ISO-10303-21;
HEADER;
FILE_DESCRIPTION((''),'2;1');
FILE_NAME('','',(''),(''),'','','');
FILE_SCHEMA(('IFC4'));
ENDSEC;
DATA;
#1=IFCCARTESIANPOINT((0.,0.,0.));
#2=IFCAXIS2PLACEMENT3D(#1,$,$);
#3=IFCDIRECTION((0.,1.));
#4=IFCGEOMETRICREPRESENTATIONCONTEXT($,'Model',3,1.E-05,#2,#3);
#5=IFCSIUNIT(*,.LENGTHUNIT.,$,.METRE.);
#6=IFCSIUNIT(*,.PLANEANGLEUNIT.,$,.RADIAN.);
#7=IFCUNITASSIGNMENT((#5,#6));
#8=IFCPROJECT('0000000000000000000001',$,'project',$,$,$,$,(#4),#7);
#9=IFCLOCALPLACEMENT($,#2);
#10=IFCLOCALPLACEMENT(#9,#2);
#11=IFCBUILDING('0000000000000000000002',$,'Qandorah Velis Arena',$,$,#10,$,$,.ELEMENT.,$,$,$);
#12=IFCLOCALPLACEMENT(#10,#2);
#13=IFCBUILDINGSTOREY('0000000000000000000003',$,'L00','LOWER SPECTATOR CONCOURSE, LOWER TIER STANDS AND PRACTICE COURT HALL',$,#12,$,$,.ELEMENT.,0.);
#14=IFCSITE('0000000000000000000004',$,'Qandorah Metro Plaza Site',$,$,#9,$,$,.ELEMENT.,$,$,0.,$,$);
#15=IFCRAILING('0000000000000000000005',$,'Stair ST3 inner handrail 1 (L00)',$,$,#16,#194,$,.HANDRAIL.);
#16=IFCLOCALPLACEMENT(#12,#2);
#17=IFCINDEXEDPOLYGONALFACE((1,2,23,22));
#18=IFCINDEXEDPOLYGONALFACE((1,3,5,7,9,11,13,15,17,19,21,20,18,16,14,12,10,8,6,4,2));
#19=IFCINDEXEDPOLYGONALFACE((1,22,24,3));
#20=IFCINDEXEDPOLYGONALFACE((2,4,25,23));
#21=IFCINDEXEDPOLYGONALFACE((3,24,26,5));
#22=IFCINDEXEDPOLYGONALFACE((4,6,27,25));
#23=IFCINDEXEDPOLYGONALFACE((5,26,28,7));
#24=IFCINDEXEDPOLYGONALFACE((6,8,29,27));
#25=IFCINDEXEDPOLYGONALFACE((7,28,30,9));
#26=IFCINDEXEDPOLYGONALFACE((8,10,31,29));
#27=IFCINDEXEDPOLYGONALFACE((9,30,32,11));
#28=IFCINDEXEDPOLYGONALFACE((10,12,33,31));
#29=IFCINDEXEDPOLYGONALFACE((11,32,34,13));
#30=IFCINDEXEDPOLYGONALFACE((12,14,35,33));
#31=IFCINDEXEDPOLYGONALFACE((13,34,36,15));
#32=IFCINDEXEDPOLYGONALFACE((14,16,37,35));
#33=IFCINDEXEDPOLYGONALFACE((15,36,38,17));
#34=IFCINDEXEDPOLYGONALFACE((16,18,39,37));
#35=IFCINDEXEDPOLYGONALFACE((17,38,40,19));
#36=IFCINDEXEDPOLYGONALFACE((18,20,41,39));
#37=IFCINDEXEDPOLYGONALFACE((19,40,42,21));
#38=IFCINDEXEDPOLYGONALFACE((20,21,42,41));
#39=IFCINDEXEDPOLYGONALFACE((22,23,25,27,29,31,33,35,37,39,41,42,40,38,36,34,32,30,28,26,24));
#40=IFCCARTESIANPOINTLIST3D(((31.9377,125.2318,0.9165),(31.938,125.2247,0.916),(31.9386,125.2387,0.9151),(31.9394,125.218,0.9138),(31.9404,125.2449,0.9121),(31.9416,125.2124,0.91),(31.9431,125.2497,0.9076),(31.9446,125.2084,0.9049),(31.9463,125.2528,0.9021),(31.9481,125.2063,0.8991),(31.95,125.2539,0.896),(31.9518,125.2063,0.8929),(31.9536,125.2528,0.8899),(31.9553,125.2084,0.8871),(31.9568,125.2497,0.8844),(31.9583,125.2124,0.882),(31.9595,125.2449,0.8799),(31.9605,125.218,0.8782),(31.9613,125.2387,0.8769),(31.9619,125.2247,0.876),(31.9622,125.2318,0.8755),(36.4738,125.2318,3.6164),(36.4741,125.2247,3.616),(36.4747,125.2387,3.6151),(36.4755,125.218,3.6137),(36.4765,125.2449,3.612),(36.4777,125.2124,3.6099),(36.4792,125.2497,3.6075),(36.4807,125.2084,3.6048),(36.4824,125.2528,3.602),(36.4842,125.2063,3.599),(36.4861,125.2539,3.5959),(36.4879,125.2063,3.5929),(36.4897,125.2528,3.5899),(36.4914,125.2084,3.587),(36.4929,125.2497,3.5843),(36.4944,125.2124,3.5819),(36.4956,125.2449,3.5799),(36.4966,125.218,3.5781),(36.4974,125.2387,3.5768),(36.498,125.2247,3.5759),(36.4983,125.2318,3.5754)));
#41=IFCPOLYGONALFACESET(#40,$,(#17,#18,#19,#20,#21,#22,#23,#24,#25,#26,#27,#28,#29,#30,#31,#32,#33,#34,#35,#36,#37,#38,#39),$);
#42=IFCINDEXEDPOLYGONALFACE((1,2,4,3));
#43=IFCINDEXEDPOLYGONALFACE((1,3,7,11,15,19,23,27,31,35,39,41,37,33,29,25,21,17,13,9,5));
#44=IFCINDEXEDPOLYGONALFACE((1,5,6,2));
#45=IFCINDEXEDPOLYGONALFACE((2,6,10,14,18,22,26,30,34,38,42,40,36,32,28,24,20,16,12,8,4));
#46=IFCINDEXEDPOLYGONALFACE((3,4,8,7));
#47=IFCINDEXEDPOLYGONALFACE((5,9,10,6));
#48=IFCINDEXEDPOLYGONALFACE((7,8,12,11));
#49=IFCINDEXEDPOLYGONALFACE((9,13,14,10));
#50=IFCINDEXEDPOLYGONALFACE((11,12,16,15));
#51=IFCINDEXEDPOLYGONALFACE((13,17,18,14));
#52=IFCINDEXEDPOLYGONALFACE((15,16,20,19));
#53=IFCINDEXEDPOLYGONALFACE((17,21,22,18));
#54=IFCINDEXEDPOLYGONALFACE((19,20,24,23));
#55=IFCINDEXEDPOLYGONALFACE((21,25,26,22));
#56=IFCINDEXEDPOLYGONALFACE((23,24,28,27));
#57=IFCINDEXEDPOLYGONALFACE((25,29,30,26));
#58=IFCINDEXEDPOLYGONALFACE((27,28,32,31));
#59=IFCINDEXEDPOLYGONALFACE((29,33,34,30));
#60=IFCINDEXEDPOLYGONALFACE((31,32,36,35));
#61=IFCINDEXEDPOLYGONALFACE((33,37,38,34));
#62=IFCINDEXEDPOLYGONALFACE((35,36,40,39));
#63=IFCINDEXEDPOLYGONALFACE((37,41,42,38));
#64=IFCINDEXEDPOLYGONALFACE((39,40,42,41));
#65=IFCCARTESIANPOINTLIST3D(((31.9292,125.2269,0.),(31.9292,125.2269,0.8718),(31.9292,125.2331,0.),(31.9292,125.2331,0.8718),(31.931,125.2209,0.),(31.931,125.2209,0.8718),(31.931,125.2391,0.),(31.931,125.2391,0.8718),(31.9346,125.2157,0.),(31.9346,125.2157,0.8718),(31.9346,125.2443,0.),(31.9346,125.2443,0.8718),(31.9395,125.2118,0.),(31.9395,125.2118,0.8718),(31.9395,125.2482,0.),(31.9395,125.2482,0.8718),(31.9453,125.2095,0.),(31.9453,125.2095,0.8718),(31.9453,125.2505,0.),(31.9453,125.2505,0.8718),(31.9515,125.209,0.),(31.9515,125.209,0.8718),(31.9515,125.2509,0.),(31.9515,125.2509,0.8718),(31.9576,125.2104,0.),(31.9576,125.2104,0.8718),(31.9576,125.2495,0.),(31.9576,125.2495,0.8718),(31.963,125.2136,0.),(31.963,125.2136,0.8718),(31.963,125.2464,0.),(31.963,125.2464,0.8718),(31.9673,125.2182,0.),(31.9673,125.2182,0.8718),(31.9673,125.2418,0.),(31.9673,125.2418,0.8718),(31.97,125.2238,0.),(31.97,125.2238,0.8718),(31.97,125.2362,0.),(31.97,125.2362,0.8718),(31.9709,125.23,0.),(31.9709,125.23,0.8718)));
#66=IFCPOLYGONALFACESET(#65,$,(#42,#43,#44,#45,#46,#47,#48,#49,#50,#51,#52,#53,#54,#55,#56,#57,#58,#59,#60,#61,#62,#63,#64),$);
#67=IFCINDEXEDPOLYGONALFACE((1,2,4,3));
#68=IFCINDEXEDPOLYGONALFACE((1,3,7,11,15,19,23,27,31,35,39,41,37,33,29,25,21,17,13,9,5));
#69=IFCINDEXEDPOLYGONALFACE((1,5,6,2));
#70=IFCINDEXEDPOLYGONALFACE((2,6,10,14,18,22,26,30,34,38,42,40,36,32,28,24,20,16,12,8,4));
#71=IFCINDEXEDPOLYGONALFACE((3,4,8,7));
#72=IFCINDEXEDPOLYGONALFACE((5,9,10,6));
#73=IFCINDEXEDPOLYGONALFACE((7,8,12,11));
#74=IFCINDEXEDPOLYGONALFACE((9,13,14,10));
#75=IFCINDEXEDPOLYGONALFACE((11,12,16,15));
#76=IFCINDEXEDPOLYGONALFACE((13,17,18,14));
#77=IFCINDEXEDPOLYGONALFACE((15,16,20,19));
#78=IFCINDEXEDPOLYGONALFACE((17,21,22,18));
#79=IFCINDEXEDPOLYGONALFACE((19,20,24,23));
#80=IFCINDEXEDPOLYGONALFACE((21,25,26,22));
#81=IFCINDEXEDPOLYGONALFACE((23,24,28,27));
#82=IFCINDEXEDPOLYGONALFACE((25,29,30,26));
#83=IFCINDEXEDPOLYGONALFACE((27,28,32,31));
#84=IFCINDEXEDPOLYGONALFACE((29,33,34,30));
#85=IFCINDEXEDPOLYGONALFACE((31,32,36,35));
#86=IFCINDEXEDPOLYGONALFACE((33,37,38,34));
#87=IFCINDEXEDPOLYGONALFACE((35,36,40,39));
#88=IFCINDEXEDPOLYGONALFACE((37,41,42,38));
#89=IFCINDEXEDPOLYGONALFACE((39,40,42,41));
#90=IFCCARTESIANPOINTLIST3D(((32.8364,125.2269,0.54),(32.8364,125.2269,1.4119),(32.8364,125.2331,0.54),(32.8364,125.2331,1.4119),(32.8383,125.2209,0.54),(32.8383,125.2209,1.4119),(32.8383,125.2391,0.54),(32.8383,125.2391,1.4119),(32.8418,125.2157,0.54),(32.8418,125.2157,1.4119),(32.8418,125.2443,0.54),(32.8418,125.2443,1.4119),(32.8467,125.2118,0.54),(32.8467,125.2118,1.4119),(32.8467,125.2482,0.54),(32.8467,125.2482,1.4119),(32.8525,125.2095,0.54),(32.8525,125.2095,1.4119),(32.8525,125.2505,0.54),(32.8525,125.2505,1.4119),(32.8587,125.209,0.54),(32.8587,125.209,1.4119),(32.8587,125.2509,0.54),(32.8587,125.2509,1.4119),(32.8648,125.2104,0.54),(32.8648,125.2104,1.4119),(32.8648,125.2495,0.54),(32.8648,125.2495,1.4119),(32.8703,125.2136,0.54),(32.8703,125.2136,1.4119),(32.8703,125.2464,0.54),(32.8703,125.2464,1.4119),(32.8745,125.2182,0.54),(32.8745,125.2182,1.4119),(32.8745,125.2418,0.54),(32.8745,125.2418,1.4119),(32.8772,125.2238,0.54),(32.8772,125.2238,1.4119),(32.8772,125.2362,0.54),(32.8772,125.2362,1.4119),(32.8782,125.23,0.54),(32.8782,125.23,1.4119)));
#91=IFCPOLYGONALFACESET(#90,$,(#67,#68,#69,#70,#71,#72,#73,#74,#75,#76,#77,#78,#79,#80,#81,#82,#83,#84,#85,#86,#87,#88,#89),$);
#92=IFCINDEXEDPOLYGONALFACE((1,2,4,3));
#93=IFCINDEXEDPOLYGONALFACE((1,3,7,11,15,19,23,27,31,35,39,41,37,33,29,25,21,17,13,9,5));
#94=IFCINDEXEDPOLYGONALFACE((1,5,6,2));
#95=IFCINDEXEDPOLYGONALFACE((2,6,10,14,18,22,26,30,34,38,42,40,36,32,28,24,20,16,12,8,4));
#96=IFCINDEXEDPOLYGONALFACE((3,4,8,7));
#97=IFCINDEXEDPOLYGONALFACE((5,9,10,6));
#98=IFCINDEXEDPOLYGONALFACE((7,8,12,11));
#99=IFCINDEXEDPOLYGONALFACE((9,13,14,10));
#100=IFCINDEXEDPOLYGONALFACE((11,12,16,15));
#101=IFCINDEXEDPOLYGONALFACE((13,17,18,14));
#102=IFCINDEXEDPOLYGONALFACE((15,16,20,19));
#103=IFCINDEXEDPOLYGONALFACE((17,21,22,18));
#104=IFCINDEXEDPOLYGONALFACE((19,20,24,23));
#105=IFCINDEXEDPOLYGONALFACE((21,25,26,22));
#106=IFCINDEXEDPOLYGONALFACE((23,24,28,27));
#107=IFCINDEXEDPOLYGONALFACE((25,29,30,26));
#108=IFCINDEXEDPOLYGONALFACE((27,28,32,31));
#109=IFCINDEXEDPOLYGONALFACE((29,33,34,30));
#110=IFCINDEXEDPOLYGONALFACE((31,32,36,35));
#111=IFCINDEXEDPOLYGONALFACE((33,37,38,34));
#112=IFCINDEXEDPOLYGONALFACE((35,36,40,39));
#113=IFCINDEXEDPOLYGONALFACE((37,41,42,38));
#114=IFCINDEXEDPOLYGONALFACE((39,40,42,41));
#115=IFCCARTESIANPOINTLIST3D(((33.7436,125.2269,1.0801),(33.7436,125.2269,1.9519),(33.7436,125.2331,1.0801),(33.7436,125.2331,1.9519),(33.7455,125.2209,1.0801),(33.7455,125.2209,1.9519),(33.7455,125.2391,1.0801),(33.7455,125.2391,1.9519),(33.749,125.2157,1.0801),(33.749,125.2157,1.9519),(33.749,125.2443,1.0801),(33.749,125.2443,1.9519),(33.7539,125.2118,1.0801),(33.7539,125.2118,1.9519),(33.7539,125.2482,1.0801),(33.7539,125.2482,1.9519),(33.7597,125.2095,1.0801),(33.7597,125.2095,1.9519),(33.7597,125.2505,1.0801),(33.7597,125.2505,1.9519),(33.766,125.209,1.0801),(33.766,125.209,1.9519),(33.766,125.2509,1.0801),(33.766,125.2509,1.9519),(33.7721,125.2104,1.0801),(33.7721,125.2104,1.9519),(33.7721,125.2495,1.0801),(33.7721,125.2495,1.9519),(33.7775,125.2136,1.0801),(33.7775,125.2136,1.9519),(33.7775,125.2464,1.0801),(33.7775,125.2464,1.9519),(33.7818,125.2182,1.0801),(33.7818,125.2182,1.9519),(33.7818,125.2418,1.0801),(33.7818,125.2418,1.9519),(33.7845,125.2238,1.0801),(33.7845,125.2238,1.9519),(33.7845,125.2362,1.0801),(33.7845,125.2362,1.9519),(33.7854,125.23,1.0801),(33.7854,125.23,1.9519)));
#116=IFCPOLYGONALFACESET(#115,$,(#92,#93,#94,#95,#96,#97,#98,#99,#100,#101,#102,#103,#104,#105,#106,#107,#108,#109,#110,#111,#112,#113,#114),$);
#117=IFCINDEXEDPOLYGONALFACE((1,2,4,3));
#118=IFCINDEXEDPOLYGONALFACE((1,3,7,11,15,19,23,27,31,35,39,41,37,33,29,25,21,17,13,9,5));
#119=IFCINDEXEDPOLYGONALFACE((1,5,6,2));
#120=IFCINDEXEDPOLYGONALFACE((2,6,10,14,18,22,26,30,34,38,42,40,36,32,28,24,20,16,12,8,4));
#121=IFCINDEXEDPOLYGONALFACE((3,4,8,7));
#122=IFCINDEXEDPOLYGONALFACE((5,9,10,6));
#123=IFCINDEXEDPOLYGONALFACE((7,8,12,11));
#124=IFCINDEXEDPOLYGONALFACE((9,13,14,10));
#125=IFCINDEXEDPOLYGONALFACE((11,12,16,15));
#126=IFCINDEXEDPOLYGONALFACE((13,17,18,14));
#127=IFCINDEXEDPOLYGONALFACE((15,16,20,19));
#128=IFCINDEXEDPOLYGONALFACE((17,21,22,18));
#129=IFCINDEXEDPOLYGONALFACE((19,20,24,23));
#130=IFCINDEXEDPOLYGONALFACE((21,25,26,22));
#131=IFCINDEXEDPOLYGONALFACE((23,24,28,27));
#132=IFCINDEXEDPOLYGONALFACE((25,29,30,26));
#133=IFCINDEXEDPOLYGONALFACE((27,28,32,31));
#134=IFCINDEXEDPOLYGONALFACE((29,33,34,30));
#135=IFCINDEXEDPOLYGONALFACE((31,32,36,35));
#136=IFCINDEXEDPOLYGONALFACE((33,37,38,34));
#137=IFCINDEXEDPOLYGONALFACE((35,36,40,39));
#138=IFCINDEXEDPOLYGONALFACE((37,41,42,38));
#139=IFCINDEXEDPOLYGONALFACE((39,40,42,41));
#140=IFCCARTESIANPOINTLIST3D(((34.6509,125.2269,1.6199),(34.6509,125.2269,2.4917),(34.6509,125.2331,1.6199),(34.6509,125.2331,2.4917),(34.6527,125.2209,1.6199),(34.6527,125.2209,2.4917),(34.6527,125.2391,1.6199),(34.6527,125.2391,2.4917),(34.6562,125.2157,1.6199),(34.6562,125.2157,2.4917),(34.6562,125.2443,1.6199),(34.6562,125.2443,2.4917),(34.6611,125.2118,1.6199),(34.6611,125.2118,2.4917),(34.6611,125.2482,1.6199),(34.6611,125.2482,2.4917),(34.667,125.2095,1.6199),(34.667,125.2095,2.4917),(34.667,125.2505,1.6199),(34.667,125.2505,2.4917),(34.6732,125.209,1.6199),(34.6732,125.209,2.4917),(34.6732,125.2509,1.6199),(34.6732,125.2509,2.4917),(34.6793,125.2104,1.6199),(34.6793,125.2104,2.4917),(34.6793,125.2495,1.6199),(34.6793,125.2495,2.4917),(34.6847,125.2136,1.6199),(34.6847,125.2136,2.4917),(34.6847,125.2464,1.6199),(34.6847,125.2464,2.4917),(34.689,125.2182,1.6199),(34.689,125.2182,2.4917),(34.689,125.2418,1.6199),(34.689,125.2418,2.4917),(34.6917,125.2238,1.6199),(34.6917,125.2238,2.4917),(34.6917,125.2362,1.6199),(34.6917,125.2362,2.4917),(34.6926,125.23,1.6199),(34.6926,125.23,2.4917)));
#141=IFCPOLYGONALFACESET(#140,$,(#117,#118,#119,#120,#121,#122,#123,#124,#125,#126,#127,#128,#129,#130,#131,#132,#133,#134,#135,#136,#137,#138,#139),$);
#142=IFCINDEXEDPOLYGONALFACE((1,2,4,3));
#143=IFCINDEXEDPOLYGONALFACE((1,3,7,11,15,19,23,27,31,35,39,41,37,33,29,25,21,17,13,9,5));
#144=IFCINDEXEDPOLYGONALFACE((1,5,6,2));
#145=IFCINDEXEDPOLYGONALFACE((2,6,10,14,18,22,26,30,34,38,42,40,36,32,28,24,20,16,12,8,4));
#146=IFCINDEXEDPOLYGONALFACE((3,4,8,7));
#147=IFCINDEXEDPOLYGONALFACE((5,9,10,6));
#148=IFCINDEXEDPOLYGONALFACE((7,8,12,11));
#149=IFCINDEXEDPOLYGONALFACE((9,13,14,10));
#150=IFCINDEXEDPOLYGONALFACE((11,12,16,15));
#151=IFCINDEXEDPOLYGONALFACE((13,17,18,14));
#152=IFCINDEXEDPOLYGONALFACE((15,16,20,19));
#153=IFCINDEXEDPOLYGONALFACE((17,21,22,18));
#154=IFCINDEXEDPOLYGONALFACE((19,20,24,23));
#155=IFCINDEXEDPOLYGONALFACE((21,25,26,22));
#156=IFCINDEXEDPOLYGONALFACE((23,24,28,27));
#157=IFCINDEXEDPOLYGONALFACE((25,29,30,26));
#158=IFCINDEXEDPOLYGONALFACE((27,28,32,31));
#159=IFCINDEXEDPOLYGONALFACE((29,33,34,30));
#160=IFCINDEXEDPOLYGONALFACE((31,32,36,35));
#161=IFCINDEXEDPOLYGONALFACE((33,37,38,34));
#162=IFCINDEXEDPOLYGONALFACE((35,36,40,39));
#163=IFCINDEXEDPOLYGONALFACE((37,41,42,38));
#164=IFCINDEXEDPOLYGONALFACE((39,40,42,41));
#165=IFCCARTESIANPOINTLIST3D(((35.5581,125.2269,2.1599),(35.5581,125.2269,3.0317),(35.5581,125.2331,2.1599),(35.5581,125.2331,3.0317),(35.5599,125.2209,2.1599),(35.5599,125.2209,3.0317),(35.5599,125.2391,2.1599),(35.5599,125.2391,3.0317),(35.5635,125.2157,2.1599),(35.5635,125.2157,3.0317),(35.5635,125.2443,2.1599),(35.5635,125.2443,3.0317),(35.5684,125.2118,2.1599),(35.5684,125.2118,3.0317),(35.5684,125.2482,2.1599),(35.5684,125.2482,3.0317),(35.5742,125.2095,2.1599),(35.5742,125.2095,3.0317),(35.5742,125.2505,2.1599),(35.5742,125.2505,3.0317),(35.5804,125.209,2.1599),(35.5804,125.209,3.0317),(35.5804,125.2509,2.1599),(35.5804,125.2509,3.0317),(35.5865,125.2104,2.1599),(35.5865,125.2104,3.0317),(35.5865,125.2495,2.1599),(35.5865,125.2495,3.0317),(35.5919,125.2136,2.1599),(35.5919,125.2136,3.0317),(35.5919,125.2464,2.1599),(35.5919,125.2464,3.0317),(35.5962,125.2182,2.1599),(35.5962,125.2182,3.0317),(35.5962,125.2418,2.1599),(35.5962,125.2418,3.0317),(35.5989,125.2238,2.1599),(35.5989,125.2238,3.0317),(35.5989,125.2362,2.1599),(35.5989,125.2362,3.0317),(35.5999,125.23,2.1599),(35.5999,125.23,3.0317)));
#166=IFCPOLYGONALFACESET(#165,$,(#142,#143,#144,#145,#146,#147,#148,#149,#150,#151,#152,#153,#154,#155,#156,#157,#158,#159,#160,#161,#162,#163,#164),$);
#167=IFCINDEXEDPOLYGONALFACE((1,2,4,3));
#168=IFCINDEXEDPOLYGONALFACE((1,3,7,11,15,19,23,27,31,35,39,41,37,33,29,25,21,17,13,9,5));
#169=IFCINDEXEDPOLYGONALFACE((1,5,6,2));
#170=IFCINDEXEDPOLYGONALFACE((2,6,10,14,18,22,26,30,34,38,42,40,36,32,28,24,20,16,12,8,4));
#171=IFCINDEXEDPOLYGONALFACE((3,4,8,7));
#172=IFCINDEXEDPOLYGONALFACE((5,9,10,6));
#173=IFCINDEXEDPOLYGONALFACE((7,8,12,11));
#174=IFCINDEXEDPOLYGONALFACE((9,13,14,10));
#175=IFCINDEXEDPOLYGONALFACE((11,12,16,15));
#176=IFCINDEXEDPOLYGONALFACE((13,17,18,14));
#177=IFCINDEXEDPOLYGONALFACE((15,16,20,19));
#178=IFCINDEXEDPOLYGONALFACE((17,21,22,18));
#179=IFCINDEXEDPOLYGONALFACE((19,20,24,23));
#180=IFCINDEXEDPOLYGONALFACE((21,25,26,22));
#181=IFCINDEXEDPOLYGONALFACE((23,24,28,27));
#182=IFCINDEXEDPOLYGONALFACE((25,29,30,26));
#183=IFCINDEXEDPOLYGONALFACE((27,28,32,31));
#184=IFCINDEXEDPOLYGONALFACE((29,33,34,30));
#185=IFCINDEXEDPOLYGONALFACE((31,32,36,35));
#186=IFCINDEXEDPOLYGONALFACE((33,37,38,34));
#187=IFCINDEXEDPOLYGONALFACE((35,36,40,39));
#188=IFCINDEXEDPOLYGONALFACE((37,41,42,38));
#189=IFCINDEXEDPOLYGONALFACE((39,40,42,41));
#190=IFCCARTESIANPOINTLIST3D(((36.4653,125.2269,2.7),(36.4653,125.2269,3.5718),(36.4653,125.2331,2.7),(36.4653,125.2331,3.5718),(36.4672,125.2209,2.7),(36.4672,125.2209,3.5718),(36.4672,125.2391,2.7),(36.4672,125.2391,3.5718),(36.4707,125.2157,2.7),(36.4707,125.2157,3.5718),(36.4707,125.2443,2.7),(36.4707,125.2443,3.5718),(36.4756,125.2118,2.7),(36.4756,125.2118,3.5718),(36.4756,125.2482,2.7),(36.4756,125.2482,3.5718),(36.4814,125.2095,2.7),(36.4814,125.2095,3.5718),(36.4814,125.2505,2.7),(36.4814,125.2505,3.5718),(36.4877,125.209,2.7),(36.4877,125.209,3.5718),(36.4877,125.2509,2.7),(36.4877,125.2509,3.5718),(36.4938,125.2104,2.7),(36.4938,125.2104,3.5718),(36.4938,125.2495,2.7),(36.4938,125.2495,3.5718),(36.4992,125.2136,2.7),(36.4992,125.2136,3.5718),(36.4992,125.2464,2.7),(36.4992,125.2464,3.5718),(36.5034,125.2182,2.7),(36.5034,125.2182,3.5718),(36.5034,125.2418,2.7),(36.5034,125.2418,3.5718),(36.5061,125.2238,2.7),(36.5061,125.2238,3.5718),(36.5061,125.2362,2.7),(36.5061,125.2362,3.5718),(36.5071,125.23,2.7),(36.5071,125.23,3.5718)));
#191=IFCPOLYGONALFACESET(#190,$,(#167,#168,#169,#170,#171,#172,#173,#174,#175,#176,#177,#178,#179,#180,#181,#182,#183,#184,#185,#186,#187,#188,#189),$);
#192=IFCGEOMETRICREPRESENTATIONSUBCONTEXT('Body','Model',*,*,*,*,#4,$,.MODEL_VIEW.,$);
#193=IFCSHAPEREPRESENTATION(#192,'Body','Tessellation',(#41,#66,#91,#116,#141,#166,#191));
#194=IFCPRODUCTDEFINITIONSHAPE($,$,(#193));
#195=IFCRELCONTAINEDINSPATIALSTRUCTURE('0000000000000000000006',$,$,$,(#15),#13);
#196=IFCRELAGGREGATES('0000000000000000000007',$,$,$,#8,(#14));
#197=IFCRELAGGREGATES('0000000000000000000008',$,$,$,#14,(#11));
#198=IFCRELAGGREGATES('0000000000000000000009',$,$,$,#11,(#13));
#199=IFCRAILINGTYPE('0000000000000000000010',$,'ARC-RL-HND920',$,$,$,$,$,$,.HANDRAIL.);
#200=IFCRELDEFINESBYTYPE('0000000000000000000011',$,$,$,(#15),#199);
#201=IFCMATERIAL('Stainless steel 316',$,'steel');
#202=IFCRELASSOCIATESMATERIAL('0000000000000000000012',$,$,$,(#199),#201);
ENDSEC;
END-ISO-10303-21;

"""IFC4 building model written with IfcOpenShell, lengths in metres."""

from ifc_helpers import new_model, si_unit, direction, frame, origin, origin_2d, place, context, subcontext, project, spatial, circle, extrude, material, type_object, element, save


model = new_model("IFC4")

# Units and contexts
model_context = context("Model", 3, precision=1e-05, world=origin(), true_north=direction((0.0, 1.0)))
body_context = subcontext(model_context, "Body", "Model", "MODEL_VIEW")
ifc_project = project(units=[si_unit("LENGTHUNIT", "METRE"), si_unit("PLANEANGLEUNIT", "RADIAN")], contexts=[model_context])

# Site, building, storey
site_placement = place(None, origin())
site = spatial("IfcSite", under=ifc_project, at=site_placement, Name="Qandorah Metro Plaza Site", CompositionType="ELEMENT", RefElevation=0.0)
building_placement = place(site_placement, origin())
building = spatial("IfcBuilding", under=site, at=building_placement, Name="Qandorah Velis Arena", CompositionType="ELEMENT")
storey_placement = place(building_placement, origin())
storey = spatial("IfcBuildingStorey", under=building, at=storey_placement, Name="L00", Description="LOWER SPECTATOR CONCOURSE, LOWER TIER STANDS AND PRACTICE COURT HALL", CompositionType="ELEMENT", Elevation=0.0)

# Railing
ifc_material_1 = material(Name="Stainless steel 316", Category="steel")
railing_type_1 = type_object("IfcRailingType", Name="ARC-RL-HND920", PredefinedType="HANDRAIL", material=ifc_material_1)
railing_1_placement = place(storey_placement, frame((31.95, 125.23, 0.0)))
element("IfcRailing", 1, at=railing_1_placement, inside=storey, type_object=railing_type_1, Name="Stair ST3 inner handrail 1 (L00)", PredefinedType="HANDRAIL", context=body_context, shape_type="SweptSolid", body=[
    extrude(circle(Radius=0.0239, at=origin_2d()), frame((0.0, 0.0, 0.896), z_axis=(0.859304, 0.0, 0.511466), x_axis=(0.0, 1.0, 0.0)), (0.0, 0.0, 1.0), 5.2788),
    extrude(circle(Radius=0.021, at=origin_2d()), origin(), (0.0, 0.0, 1.0), 0.8718),
    extrude(circle(Radius=0.021, at=origin_2d()), frame((0.9072, 0.0, 0.54)), (0.0, 0.0, 1.0), 0.8718),
    extrude(circle(Radius=0.021, at=origin_2d()), frame((1.8145, 0.0, 1.0801)), (0.0, 0.0, 1.0), 0.8718),
    extrude(circle(Radius=0.021, at=origin_2d()), frame((2.7217, 0.0, 1.6199)), (0.0, 0.0, 1.0), 0.8718),
    extrude(circle(Radius=0.021, at=origin_2d()), frame((3.6289, 0.0, 2.1599)), (0.0, 0.0, 1.0), 0.8718),
    extrude(circle(Radius=0.021, at=origin_2d()), frame((4.5361, 0.0, 2.7)), (0.0, 0.0, 1.0), 0.8718),
])

save(model, "model.ifc")
